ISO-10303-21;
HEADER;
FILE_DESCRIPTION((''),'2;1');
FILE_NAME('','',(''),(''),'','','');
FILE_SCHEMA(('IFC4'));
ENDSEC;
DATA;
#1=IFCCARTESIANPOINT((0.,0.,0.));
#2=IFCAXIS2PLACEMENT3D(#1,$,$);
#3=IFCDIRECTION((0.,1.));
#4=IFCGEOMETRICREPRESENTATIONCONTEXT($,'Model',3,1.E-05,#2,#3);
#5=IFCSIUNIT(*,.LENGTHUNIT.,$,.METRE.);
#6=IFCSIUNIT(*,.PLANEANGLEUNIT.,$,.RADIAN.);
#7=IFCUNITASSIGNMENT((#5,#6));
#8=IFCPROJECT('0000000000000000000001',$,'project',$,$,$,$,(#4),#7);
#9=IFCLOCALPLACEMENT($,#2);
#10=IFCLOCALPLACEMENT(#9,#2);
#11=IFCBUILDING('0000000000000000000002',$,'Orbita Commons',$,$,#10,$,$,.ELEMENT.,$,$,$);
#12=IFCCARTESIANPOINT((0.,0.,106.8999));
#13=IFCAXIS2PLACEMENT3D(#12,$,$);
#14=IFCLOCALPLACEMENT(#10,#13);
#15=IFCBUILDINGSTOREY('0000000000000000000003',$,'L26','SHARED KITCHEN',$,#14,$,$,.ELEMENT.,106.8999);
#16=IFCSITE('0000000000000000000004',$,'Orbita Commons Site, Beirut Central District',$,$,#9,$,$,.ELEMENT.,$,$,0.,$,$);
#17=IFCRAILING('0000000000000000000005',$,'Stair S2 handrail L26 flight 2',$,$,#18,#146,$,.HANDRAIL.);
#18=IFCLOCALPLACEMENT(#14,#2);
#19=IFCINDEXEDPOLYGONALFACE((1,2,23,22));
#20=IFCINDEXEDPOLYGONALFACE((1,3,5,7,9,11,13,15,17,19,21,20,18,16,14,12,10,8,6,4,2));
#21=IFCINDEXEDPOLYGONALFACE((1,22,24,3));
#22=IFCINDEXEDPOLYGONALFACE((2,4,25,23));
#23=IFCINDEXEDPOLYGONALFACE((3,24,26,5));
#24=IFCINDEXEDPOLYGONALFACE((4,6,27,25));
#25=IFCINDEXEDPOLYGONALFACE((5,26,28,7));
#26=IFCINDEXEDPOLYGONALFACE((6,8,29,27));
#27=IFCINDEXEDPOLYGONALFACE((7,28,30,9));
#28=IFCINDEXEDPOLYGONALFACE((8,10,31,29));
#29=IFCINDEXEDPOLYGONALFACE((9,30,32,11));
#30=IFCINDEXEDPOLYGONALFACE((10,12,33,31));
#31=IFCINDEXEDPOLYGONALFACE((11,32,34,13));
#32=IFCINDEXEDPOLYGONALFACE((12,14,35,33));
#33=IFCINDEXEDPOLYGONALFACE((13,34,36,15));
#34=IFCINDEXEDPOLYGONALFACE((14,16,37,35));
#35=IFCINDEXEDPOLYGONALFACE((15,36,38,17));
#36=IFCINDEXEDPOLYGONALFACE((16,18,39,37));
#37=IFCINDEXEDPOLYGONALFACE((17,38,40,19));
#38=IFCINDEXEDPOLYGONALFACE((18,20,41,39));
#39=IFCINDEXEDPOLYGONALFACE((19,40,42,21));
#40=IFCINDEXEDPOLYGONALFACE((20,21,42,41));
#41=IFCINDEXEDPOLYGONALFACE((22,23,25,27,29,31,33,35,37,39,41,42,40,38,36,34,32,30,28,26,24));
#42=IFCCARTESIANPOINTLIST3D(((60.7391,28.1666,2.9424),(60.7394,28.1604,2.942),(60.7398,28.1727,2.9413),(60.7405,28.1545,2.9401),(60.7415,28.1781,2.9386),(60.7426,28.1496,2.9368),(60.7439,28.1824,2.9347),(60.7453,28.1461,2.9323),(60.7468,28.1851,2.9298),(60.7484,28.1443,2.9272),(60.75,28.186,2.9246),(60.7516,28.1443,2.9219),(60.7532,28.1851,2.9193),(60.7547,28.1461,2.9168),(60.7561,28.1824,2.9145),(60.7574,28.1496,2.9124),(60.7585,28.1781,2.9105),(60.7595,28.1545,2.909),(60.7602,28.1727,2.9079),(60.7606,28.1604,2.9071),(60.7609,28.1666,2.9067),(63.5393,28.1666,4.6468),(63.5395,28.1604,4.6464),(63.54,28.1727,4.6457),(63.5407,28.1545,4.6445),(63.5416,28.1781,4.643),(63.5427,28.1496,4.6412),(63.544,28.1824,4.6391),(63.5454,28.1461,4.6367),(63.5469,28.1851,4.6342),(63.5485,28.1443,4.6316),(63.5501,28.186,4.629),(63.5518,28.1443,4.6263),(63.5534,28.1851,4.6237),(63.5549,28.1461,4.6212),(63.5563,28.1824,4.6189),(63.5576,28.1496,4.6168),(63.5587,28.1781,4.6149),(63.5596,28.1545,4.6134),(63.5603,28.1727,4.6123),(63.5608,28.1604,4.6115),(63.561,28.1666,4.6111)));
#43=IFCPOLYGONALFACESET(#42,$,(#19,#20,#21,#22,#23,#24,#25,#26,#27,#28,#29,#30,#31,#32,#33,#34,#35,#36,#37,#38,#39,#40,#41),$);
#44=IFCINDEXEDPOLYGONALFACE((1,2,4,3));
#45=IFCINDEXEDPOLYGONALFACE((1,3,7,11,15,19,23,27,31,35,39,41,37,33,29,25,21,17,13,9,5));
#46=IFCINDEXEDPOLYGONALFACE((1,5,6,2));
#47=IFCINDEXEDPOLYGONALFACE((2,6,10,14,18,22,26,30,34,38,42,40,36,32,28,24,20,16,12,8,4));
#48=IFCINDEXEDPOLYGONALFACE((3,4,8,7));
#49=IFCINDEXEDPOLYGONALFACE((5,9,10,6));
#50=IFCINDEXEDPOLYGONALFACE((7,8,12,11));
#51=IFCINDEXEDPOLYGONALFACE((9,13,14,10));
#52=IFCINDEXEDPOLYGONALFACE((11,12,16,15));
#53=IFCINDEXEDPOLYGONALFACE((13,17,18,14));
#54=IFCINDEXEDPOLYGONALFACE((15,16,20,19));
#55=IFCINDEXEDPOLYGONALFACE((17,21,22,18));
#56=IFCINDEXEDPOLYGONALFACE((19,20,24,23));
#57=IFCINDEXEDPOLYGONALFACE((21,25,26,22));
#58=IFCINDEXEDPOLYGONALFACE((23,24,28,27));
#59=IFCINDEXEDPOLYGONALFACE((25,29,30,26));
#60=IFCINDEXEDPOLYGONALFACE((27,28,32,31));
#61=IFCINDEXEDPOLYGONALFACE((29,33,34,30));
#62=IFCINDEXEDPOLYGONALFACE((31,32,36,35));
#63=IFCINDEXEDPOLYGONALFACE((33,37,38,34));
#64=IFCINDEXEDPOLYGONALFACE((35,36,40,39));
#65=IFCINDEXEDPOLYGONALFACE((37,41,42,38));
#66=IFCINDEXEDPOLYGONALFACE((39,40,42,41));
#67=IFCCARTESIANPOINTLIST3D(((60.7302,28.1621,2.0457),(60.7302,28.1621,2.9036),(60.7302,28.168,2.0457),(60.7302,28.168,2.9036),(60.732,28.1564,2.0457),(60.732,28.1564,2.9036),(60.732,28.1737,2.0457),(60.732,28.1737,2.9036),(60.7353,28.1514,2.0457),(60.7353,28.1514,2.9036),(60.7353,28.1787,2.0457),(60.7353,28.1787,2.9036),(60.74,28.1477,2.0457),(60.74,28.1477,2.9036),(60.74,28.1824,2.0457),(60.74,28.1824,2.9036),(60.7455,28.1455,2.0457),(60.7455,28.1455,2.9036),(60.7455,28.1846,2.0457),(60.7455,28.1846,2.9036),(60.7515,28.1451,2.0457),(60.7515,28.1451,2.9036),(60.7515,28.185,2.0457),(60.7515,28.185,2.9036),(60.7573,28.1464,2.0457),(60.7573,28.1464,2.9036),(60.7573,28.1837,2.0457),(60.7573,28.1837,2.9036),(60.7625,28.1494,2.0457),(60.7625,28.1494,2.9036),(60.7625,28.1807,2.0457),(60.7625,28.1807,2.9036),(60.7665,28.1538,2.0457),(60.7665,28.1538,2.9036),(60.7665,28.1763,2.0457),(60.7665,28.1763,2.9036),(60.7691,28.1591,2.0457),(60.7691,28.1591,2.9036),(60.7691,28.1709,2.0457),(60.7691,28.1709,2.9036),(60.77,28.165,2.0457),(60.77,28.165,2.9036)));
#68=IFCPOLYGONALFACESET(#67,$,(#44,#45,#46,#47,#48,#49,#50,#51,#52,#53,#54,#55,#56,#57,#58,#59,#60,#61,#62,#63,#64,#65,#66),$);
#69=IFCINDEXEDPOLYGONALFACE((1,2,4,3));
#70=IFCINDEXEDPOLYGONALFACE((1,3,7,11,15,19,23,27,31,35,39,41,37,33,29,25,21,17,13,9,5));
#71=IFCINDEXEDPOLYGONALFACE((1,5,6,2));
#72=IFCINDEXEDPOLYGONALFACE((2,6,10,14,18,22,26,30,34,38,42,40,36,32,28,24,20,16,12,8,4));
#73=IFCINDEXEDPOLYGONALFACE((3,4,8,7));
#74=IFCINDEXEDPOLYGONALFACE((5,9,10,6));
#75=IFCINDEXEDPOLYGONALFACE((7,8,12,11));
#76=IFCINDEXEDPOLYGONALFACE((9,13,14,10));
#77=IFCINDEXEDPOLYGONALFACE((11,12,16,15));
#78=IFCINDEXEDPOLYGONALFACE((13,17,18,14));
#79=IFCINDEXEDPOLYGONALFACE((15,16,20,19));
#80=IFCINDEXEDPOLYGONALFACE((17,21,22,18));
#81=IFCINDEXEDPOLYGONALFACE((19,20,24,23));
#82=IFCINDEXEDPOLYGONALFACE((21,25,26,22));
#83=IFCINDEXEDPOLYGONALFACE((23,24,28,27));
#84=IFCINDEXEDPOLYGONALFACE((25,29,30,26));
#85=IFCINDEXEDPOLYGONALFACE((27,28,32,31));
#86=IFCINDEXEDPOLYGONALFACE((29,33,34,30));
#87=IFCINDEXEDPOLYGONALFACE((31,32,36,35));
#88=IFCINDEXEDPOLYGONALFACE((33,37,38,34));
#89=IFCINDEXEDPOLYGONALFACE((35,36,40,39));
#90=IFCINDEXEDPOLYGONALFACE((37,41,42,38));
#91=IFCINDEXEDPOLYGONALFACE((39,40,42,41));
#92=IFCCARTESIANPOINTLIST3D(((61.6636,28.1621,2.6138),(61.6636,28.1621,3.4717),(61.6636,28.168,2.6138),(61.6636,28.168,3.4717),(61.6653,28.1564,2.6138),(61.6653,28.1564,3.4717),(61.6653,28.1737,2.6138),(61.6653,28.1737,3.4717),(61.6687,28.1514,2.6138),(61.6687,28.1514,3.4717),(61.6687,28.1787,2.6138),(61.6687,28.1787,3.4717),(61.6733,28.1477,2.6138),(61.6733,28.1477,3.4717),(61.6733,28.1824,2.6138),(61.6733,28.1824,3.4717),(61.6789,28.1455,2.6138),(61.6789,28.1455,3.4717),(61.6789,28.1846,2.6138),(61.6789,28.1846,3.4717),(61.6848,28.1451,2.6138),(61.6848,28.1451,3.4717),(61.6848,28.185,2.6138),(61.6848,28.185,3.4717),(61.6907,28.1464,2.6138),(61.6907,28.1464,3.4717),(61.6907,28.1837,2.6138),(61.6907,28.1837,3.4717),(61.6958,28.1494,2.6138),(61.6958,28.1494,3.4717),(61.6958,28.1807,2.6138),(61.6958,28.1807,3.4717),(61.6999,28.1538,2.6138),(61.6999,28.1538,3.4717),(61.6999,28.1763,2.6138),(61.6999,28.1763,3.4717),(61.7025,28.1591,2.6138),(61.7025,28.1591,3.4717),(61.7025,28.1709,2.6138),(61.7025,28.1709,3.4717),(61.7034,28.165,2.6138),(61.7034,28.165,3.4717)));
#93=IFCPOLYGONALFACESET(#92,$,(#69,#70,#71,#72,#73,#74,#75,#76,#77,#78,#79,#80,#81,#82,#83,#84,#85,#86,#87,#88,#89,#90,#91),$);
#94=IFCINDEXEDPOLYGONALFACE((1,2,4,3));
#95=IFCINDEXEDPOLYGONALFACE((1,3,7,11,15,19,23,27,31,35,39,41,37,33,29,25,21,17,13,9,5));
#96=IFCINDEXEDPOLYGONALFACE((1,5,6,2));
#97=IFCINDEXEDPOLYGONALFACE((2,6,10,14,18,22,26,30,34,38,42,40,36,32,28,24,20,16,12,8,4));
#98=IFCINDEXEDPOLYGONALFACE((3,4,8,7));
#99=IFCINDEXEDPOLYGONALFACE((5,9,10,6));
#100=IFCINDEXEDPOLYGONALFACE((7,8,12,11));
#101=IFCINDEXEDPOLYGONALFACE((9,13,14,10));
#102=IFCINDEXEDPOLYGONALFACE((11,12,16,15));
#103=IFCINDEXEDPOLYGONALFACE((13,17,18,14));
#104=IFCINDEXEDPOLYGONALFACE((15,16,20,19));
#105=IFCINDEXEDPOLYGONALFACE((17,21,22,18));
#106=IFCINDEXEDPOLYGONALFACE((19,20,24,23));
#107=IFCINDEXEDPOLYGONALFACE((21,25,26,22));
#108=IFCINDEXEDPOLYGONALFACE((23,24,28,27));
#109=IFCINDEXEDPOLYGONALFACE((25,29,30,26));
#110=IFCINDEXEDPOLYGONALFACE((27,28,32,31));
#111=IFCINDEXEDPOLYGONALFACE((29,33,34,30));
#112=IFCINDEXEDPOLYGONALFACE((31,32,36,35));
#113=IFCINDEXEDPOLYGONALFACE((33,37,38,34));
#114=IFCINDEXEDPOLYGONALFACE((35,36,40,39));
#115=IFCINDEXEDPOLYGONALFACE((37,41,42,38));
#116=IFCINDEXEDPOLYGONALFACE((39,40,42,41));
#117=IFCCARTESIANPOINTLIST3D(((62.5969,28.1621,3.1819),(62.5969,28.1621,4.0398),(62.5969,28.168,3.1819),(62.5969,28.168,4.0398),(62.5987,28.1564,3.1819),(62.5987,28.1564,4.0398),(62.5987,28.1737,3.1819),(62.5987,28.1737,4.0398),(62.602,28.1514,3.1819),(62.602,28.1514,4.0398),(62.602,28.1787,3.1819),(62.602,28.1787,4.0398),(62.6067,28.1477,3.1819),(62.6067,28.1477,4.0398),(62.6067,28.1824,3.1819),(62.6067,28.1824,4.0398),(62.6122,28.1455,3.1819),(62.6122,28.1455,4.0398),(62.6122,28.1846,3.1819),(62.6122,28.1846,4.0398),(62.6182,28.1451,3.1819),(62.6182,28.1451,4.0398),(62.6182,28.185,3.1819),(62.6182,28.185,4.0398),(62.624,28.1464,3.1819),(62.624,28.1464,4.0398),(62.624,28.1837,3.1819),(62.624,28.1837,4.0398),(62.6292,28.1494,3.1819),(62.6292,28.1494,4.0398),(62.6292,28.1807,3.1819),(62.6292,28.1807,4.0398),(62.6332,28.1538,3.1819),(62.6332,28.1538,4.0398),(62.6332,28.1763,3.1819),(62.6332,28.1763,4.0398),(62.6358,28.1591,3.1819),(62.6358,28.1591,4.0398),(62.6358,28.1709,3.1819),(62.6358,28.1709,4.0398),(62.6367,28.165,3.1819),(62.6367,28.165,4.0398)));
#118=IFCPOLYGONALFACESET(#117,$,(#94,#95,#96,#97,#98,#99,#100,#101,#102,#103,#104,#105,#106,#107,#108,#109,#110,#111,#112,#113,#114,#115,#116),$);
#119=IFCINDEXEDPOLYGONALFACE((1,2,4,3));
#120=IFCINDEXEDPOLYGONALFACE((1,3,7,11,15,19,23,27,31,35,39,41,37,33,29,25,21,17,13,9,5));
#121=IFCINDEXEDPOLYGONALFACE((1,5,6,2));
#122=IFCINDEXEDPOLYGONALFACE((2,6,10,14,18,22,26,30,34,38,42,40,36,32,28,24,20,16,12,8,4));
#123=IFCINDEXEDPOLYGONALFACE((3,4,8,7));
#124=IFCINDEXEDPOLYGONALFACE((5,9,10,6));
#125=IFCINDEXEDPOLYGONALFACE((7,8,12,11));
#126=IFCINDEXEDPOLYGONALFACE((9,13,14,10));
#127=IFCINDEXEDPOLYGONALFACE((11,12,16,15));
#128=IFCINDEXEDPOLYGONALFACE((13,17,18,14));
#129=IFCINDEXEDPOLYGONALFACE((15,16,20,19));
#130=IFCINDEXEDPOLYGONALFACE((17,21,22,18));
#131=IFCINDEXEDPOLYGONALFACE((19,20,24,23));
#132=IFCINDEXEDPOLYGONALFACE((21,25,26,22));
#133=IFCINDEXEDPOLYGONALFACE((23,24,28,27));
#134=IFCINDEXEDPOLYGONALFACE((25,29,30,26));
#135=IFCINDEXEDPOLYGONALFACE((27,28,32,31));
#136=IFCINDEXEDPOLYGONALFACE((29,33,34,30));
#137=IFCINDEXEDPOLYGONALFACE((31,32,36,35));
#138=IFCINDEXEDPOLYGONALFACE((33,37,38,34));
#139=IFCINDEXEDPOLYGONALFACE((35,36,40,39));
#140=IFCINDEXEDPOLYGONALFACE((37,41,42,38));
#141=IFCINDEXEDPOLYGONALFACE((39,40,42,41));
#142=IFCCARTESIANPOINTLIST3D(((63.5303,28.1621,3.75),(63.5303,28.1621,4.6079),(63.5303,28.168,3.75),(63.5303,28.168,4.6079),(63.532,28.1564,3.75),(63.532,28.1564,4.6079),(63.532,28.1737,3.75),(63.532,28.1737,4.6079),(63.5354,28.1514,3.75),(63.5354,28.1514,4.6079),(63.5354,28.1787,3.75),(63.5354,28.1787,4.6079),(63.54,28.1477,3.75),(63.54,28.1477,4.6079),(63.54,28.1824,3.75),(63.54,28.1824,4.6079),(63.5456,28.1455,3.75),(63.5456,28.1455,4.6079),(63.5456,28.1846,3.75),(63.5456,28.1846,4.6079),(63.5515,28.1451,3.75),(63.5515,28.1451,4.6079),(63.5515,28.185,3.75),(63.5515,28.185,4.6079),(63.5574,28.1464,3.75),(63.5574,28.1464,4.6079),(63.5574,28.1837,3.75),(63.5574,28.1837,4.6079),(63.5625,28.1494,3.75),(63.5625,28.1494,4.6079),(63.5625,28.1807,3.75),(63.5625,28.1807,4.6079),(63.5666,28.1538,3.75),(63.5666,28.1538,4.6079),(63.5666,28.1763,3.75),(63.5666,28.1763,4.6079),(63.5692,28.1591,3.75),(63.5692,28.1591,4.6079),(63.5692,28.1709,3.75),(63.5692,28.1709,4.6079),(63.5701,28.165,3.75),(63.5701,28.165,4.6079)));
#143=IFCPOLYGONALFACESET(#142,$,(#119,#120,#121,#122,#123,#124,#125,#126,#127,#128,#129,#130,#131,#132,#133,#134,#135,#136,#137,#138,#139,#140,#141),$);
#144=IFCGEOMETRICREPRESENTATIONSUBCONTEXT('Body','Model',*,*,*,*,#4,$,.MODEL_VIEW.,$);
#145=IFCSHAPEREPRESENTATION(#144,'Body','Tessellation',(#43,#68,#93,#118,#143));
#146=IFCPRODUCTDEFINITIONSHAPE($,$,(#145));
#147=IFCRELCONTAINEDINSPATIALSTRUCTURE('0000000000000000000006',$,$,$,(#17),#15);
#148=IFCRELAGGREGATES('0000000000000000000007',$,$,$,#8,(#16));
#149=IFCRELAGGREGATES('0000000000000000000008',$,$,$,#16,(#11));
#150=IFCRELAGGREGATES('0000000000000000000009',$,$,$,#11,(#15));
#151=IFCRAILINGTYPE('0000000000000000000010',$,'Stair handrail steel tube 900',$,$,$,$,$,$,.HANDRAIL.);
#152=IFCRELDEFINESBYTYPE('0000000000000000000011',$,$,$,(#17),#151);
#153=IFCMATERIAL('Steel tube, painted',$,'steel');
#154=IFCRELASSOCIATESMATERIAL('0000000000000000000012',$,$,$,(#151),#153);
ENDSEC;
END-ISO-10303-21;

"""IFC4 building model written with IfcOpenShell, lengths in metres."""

from ifc_helpers import new_model, si_unit, direction, frame, origin, origin_2d, place, context, subcontext, project, spatial, circle, extrude, material, type_object, element, save


model = new_model("IFC4")

# Units and contexts
model_context = context("Model", 3, precision=1e-05, world=origin(), true_north=direction((0.0, 1.0)))
body_context = subcontext(model_context, "Body", "Model", "MODEL_VIEW")
ifc_project = project(units=[si_unit("LENGTHUNIT", "METRE"), si_unit("PLANEANGLEUNIT", "RADIAN")], contexts=[model_context])

# Site, building, storey
site_placement = place(None, origin())
site = spatial("IfcSite", under=ifc_project, at=site_placement, Name="Orbita Commons Site, Beirut Central District", CompositionType="ELEMENT", RefElevation=0.0)
building_placement = place(site_placement, origin())
building = spatial("IfcBuilding", under=site, at=building_placement, Name="Orbita Commons", CompositionType="ELEMENT")
storey_placement = place(building_placement, frame((0.0, 0.0, 106.8999)))
storey = spatial("IfcBuildingStorey", under=building, at=storey_placement, Name="L26", Description="SHARED KITCHEN", CompositionType="ELEMENT", Elevation=106.8999)

# Railing
ifc_material_1 = material(Name="Steel tube, painted", Category="steel")
railing_type = type_object("IfcRailingType", Name="Stair handrail steel tube 900", PredefinedType="HANDRAIL", material=ifc_material_1)
for number, where, name in (
    (1, (60.75, 28.165, 2.0457), "Stair S2 handrail L26 flight 2"),
):
    element("IfcRailing", number, at=place(storey_placement, frame(where)), inside=storey, type_object=railing_type, Name=name, PredefinedType="HANDRAIL", context=body_context, shape_type="SweptSolid", body=[
        extrude(circle(Radius=0.021, at=origin_2d()), frame((0.0, 0.0, 0.8789), z_axis=(0.854203, 0.0, 0.51994), x_axis=(0.0, 1.0, 0.0)), (0.0, 0.0, 1.0), 3.2781),
        extrude(circle(Radius=0.02, at=origin_2d()), origin(), (0.0, 0.0, 1.0), 0.8579),
        extrude(circle(Radius=0.02, at=origin_2d()), frame((0.9333, 0.0, 0.5681)), (0.0, 0.0, 1.0), 0.8579),
        extrude(circle(Radius=0.02, at=origin_2d()), frame((1.8667, 0.0, 1.1362)), (0.0, 0.0, 1.0), 0.8579),
        extrude(circle(Radius=0.02, at=origin_2d()), frame((2.8, 0.0, 1.7043)), (0.0, 0.0, 1.0), 0.8579),
    ])

save(model, "model.ifc")
